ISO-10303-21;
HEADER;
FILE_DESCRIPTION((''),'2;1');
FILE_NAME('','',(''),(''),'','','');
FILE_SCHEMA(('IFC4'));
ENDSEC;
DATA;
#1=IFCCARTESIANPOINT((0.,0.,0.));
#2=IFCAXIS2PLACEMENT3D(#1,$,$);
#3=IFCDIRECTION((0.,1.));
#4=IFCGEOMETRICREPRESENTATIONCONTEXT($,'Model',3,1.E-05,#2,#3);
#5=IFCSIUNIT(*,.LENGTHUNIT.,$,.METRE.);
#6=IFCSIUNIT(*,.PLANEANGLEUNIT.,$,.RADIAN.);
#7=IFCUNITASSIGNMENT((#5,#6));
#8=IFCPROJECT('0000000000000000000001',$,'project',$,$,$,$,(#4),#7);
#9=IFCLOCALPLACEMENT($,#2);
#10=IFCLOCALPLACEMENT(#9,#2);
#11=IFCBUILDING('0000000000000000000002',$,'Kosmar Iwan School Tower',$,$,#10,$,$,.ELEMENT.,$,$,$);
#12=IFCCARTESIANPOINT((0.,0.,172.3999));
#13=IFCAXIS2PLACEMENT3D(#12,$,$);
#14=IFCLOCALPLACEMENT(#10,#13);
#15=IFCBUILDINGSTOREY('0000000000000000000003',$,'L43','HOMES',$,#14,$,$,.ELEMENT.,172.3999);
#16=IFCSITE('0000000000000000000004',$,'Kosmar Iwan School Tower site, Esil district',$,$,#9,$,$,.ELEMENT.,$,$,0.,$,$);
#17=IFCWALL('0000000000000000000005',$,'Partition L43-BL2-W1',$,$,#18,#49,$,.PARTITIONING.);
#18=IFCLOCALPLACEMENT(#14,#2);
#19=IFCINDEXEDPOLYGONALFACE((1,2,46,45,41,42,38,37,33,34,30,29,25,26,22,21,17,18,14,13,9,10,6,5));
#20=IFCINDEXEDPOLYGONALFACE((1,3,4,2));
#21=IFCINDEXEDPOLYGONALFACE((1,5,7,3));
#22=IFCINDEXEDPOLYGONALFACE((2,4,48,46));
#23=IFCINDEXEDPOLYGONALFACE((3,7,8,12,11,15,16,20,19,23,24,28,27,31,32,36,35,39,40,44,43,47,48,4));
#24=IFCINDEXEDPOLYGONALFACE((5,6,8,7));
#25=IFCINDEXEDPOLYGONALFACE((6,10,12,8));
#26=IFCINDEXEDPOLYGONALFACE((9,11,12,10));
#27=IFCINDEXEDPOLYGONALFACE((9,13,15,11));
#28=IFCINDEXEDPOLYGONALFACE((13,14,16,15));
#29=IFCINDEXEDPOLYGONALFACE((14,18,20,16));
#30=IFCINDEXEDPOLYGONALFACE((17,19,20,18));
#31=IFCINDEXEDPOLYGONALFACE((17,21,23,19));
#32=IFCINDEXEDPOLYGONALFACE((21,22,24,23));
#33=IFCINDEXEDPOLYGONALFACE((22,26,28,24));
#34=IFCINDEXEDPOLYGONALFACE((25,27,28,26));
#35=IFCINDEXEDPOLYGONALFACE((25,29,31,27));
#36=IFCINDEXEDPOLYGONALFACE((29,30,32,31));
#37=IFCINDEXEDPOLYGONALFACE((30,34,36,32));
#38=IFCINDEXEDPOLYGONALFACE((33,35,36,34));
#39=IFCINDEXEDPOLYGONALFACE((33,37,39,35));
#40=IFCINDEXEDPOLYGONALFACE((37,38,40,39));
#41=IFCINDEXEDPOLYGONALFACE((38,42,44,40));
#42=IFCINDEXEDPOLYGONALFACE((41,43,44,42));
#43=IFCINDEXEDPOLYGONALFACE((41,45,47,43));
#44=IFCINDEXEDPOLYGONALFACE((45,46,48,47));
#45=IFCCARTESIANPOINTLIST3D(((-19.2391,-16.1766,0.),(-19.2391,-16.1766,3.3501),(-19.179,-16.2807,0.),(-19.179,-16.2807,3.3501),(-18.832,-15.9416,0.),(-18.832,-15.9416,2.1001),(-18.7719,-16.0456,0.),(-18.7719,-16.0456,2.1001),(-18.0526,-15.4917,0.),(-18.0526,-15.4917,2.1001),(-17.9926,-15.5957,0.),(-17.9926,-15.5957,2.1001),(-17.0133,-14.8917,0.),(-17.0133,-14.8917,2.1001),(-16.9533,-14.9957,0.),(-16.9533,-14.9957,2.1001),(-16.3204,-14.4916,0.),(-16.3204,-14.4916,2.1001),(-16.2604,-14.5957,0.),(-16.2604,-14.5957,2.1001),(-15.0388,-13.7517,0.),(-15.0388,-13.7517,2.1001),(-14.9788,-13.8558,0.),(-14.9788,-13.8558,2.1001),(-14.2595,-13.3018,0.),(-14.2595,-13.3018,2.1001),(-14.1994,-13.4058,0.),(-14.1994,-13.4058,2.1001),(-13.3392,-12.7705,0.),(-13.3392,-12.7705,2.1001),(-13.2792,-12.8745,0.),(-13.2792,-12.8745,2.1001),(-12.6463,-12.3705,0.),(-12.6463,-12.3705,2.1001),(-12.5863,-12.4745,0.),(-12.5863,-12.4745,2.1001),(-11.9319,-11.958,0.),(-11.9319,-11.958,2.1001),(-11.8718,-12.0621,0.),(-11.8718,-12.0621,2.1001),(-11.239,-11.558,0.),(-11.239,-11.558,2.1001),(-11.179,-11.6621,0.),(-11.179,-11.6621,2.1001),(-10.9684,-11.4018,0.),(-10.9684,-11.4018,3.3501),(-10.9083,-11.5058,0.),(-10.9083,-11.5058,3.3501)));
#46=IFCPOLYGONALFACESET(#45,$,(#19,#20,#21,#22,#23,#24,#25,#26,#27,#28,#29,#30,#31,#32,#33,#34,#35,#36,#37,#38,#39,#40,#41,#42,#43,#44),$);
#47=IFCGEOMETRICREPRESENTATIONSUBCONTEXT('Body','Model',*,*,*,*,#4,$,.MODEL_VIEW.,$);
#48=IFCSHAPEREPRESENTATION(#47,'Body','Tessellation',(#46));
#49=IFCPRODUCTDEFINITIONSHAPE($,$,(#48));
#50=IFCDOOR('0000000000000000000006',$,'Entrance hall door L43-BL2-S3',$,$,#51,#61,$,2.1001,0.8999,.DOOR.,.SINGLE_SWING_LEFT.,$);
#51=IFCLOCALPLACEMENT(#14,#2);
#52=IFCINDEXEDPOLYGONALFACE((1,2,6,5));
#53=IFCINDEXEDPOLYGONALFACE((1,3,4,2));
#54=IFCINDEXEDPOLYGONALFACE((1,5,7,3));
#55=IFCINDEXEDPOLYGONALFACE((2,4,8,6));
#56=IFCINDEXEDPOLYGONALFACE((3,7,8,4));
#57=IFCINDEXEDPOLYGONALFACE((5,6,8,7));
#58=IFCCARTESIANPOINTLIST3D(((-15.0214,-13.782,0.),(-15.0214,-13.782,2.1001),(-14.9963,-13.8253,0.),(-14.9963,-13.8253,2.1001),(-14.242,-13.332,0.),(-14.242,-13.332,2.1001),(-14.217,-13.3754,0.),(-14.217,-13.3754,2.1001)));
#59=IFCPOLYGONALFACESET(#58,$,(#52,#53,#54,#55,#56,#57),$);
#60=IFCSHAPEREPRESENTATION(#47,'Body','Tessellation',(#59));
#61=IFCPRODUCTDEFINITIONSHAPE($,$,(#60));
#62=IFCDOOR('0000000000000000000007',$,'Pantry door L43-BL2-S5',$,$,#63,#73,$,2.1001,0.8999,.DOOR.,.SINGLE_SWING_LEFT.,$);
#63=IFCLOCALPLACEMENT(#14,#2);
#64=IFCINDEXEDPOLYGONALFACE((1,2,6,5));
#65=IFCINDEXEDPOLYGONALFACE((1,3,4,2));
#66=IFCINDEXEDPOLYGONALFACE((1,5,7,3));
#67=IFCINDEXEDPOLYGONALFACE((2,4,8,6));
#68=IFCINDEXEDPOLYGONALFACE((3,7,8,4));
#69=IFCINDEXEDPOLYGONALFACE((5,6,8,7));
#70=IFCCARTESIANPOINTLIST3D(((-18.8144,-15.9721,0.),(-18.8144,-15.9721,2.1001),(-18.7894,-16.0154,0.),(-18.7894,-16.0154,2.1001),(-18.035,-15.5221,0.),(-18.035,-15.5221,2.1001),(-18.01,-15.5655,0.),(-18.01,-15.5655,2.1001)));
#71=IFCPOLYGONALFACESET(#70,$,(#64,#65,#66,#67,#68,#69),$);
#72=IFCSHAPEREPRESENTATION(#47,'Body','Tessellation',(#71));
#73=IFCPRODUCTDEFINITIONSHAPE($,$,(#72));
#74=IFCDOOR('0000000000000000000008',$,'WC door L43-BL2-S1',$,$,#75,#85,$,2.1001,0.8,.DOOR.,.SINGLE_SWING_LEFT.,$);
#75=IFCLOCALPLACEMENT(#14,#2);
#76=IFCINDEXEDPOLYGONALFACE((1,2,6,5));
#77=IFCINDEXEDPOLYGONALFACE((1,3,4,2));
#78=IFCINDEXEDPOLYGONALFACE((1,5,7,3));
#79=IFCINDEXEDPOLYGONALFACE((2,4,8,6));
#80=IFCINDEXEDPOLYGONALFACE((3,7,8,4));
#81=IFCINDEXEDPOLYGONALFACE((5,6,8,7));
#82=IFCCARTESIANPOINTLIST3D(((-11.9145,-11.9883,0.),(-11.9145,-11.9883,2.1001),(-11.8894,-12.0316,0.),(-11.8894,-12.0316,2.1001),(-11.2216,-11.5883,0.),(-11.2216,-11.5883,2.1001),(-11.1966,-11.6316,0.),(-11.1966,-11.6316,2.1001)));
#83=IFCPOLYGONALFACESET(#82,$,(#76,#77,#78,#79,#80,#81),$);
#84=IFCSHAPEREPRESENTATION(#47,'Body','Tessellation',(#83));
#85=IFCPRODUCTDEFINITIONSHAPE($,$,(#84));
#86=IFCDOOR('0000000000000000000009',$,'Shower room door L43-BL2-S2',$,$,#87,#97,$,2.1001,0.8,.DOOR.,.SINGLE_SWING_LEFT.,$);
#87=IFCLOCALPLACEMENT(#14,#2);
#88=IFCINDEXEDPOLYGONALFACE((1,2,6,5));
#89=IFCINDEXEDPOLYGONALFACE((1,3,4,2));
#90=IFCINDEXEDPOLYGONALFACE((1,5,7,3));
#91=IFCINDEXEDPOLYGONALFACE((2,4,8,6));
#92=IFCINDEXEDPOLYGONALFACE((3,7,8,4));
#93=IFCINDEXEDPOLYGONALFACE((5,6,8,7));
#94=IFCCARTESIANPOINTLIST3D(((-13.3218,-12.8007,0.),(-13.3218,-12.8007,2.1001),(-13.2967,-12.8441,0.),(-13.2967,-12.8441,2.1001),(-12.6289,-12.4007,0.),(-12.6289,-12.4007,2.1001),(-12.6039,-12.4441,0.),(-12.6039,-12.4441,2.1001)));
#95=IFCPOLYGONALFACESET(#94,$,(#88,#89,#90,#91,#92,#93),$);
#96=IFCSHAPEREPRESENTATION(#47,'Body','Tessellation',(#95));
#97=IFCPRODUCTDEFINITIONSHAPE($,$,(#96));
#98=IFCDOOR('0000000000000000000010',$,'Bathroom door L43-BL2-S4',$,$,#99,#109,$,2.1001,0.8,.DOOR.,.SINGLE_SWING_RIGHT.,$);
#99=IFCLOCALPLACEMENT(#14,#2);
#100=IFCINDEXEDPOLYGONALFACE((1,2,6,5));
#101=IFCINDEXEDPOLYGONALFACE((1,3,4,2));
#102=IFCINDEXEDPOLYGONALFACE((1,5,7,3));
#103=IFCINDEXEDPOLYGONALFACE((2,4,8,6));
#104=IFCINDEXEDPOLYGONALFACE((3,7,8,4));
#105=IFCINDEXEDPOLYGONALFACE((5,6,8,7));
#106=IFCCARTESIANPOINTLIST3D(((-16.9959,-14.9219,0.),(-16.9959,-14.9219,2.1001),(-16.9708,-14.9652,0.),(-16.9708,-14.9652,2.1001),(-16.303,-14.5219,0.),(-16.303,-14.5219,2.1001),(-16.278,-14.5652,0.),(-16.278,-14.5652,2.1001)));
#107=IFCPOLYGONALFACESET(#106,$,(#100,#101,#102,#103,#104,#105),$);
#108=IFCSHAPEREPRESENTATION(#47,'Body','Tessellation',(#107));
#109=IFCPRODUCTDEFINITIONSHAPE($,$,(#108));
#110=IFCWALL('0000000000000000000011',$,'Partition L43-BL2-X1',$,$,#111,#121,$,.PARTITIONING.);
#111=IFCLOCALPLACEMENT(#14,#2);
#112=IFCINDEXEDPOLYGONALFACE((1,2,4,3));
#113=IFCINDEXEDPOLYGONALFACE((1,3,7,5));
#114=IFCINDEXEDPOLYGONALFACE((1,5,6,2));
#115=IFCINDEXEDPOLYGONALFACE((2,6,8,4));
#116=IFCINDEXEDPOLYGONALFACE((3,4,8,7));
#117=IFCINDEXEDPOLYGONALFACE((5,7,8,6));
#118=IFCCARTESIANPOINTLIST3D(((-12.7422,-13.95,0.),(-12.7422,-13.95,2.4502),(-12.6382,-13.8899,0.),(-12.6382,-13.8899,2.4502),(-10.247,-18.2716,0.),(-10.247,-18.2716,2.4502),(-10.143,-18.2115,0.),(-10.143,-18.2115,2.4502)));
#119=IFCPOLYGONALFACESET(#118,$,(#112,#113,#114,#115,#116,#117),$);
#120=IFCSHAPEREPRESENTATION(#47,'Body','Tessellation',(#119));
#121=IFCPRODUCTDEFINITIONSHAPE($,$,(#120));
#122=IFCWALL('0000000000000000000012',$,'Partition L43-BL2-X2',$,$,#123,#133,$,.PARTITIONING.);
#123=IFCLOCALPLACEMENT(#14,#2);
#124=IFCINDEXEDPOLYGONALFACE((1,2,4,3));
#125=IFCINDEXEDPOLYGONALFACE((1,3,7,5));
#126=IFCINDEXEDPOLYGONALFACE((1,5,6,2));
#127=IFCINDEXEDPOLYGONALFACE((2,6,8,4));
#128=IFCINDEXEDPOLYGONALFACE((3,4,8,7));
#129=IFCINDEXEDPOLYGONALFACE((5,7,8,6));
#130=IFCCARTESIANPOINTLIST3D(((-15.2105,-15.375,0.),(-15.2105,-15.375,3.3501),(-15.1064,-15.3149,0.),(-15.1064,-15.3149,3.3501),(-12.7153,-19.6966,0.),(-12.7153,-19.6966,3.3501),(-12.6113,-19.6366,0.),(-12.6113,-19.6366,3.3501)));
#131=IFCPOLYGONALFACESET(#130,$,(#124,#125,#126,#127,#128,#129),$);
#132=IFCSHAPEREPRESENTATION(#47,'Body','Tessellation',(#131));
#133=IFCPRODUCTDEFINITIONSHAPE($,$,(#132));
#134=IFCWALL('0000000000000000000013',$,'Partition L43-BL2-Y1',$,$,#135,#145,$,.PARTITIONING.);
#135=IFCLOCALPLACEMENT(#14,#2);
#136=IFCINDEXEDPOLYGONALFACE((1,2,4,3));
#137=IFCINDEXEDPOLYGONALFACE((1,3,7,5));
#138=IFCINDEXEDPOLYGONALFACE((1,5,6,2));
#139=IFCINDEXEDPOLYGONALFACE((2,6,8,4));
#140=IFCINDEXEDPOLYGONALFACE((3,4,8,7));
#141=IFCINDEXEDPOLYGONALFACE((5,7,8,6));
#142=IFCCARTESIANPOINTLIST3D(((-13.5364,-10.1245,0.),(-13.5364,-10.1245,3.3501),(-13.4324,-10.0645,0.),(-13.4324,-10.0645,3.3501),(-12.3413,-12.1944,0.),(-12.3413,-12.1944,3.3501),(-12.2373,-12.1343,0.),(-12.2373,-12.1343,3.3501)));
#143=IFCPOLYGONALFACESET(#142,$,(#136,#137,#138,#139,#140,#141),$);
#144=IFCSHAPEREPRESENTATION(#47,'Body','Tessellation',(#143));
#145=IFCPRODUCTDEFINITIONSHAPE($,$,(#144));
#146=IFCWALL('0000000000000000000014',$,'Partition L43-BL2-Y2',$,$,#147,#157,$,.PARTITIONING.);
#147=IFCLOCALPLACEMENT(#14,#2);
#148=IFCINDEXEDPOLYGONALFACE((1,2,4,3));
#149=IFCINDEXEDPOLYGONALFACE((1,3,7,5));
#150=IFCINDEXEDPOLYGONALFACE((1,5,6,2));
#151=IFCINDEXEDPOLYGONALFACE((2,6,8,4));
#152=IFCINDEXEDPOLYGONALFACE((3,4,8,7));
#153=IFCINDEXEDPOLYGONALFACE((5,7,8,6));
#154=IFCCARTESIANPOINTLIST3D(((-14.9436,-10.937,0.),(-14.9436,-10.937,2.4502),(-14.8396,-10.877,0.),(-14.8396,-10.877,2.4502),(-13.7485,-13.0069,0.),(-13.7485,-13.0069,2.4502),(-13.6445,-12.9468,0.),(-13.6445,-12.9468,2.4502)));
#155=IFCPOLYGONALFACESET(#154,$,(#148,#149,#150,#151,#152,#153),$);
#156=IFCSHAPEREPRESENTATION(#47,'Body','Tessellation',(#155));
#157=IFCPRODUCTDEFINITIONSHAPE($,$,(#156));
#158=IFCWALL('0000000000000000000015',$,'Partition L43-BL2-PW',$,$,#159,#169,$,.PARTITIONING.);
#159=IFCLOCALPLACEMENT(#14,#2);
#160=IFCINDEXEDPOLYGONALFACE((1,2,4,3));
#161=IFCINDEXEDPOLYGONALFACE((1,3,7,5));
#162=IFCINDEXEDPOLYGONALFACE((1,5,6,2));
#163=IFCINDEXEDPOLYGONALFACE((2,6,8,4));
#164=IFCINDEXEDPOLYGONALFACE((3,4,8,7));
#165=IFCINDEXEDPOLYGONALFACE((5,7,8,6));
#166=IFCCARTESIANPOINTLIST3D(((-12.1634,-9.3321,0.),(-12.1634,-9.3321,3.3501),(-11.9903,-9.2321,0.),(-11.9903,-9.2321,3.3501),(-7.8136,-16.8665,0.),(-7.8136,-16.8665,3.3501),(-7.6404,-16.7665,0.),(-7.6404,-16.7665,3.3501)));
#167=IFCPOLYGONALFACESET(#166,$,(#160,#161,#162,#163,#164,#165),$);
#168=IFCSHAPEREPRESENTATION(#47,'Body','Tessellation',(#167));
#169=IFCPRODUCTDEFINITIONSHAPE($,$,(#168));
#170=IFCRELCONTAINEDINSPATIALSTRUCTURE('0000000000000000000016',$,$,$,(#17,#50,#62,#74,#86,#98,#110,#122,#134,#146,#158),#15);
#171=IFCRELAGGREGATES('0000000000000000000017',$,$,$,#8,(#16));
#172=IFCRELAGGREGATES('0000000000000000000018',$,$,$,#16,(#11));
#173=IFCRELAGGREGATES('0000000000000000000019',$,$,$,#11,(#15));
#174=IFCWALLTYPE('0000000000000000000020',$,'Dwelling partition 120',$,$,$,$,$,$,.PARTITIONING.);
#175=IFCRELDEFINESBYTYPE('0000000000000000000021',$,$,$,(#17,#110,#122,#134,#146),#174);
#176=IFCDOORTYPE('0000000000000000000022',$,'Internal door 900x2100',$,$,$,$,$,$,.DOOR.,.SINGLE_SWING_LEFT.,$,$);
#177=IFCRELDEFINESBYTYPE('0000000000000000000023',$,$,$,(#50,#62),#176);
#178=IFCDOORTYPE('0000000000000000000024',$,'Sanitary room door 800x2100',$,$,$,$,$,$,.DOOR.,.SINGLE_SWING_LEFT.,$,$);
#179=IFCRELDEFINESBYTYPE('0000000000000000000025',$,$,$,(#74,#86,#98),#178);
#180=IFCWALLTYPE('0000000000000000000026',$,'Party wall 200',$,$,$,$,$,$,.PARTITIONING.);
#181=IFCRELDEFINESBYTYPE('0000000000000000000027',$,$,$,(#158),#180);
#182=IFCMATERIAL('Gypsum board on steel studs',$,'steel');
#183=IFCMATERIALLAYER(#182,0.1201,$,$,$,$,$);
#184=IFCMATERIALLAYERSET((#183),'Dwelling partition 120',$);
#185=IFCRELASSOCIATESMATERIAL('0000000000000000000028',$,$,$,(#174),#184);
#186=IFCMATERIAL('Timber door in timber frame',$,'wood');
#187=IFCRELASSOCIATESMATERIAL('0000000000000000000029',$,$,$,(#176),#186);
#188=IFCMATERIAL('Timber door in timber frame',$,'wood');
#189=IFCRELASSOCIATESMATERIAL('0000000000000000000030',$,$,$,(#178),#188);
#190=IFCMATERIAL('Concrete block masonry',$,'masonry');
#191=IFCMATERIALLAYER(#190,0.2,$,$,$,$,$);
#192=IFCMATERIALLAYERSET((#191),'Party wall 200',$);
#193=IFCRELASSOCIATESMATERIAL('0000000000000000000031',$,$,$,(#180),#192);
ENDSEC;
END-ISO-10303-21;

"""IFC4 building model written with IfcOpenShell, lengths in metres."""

from ifc_helpers import new_model, si_unit, direction, frame, frame_2d, origin, place, context, subcontext, project, spatial, rectangle, extrude, material, layer, layer_set, type_object, element, fill, save


model = new_model("IFC4")

# Units and contexts
model_context = context("Model", 3, precision=1e-05, world=origin(), true_north=direction((0.0, 1.0)))
body_context = subcontext(model_context, "Body", "Model", "MODEL_VIEW")
ifc_project = project(units=[si_unit("LENGTHUNIT", "METRE"), si_unit("PLANEANGLEUNIT", "RADIAN")], contexts=[model_context])

# Site, building, storey
site_placement = place(None, origin())
site = spatial("IfcSite", under=ifc_project, at=site_placement, Name="Kosmar Iwan School Tower site, Esil district", CompositionType="ELEMENT", RefElevation=0.0)
building_placement = place(site_placement, origin())
building = spatial("IfcBuilding", under=site, at=building_placement, Name="Kosmar Iwan School Tower", CompositionType="ELEMENT")
storey_placement = place(building_placement, frame((0.0, 0.0, 172.3999)))
storey = spatial("IfcBuildingStorey", under=building, at=storey_placement, Name="L43", Description="HOMES", CompositionType="ELEMENT", Elevation=172.3999)

# Wall, openings, doors
ifc_material_1 = material(Name="Gypsum board on steel studs", Category="steel")
ifc_layer_1 = layer(ifc_material_1, 0.1201)
ifc_layer_set_1 = layer_set([ifc_layer_1], Name="Dwelling partition 120")
wall_type_1 = type_object("IfcWallType", Name="Dwelling partition 120", PredefinedType="PARTITIONING", material=ifc_layer_set_1)
wall_1_placement = place(storey_placement, frame((-10.9385, -11.4539, 0.0), z_axis=(0.0, 0.0, 1.0), x_axis=(-0.866035, -0.499983, 0.0)))
wall_1 = element("IfcWall", 1, at=wall_1_placement, inside=storey, type_object=wall_type_1, Name="Partition L43-BL2-W1", PredefinedType="PARTITIONING", context=body_context, shape_type="SweptSolid", body=[
    extrude(rectangle(XDim=9.55, YDim=0.1201, at=frame_2d((4.7749, 0.0))), origin(), (0.0, 0.0, 1.0), 3.3501),
])
opening_1_placement = place(wall_1_placement, frame((0.3125, 0.0, 0.0)))
opening_1 = element("IfcOpeningElement", 2, at=opening_1_placement, cuts=wall_1, PredefinedType="OPENING", context=body_context, shape_type="SweptSolid", body=[
    extrude(rectangle(XDim=0.8, YDim=2.1001, at=frame_2d((0.3999, 1.05))), frame((0.0, 0.072, 0.0), z_axis=(0.0, -1.0, 0.0), x_axis=(1.0, 0.0, 0.0)), (0.0, 0.0, 1.0), 0.144),
])
opening_2_placement = place(wall_1_placement, frame((1.9375, 0.0, 0.0)))
opening_2 = element("IfcOpeningElement", 3, at=opening_2_placement, cuts=wall_1, PredefinedType="OPENING", context=body_context, shape_type="SweptSolid", body=[
    extrude(rectangle(XDim=0.8, YDim=2.1001, at=frame_2d((0.3999, 1.05))), frame((0.0, 0.072, 0.0), z_axis=(0.0, -1.0, 0.0), x_axis=(1.0, 0.0, 0.0)), (0.0, 0.0, 1.0), 0.144),
])
opening_3_placement = place(wall_1_placement, frame((3.8, 0.0, 0.0)))
opening_3 = element("IfcOpeningElement", 4, at=opening_3_placement, cuts=wall_1, PredefinedType="OPENING", context=body_context, shape_type="SweptSolid", body=[
    extrude(rectangle(XDim=0.8999, YDim=2.1001, at=frame_2d((0.45, 1.05))), frame((0.0, 0.072, 0.0), z_axis=(0.0, -1.0, 0.0), x_axis=(1.0, 0.0, 0.0)), (0.0, 0.0, 1.0), 0.144),
])
opening_4_placement = place(wall_1_placement, frame((6.1799, 0.0, 0.0)))
opening_4 = element("IfcOpeningElement", 5, at=opening_4_placement, cuts=wall_1, PredefinedType="OPENING", context=body_context, shape_type="SweptSolid", body=[
    extrude(rectangle(XDim=0.8, YDim=2.1001, at=frame_2d((0.3999, 1.05))), frame((0.0, 0.072, 0.0), z_axis=(0.0, -1.0, 0.0), x_axis=(1.0, 0.0, 0.0)), (0.0, 0.0, 1.0), 0.144),
])
opening_5_placement = place(wall_1_placement, frame((8.1799, 0.0, 0.0)))
opening_5 = element("IfcOpeningElement", 6, at=opening_5_placement, cuts=wall_1, PredefinedType="OPENING", context=body_context, shape_type="SweptSolid", body=[
    extrude(rectangle(XDim=0.8999, YDim=2.1001, at=frame_2d((0.45, 1.05))), frame((0.0, 0.072, 0.0), z_axis=(0.0, -1.0, 0.0), x_axis=(1.0, 0.0, 0.0)), (0.0, 0.0, 1.0), 0.144),
])
ifc_material_2 = material(Name="Timber door in timber frame", Category="wood")
door_type_1 = type_object("IfcDoorType", Name="Internal door 900x2100", OperationType="SINGLE_SWING_LEFT", PredefinedType="DOOR", material=ifc_material_2)
door_1_placement = place(opening_3_placement, origin())
door_1 = element("IfcDoor", 7, at=door_1_placement, inside=storey, type_object=door_type_1, Name="Entrance hall door L43-BL2-S3", OperationType="SINGLE_SWING_LEFT", OverallHeight=2.1001, OverallWidth=0.8999, PredefinedType="DOOR", context=body_context, shape_type="SweptSolid", body=[
    extrude(rectangle(XDim=0.8999, YDim=2.1001, at=frame_2d((0.45, 1.05))), frame((0.0, 0.0249, 0.0), z_axis=(0.0, -1.0, 0.0), x_axis=(1.0, 0.0, 0.0)), (0.0, 0.0, 1.0), 0.05),
])
fill(opening_3, door_1)
door_2_placement = place(opening_5_placement, frame((0.8999, 0.0, 0.0), z_axis=(0.0, 0.0, 1.0), x_axis=(-1.0, 0.0, 0.0)))
door_2 = element("IfcDoor", 8, at=door_2_placement, inside=storey, type_object=door_type_1, Name="Pantry door L43-BL2-S5", OperationType="SINGLE_SWING_LEFT", OverallHeight=2.1001, OverallWidth=0.8999, PredefinedType="DOOR", context=body_context, shape_type="SweptSolid", body=[
    extrude(rectangle(XDim=0.8999, YDim=2.1001, at=frame_2d((0.45, 1.05))), frame((0.0, 0.0249, 0.0), z_axis=(0.0, -1.0, 0.0), x_axis=(1.0, 0.0, 0.0)), (0.0, 0.0, 1.0), 0.05),
])
fill(opening_5, door_2)
ifc_material_3 = material(Name="Timber door in timber frame", Category="wood")
door_type_2 = type_object("IfcDoorType", Name="Sanitary room door 800x2100", OperationType="SINGLE_SWING_LEFT", PredefinedType="DOOR", material=ifc_material_3)
door_3_placement = place(opening_1_placement, origin())
door_3 = element("IfcDoor", 9, at=door_3_placement, inside=storey, type_object=door_type_2, Name="WC door L43-BL2-S1", OperationType="SINGLE_SWING_LEFT", OverallHeight=2.1001, OverallWidth=0.8, PredefinedType="DOOR", context=body_context, shape_type="SweptSolid", body=[
    extrude(rectangle(XDim=0.8, YDim=2.1001, at=frame_2d((0.3999, 1.05))), frame((0.0, 0.0249, 0.0), z_axis=(0.0, -1.0, 0.0), x_axis=(1.0, 0.0, 0.0)), (0.0, 0.0, 1.0), 0.05),
])
fill(opening_1, door_3)
door_4_placement = place(opening_2_placement, origin())
door_4 = element("IfcDoor", 10, at=door_4_placement, inside=storey, type_object=door_type_2, Name="Shower room door L43-BL2-S2", OperationType="SINGLE_SWING_LEFT", OverallHeight=2.1001, OverallWidth=0.8, PredefinedType="DOOR", context=body_context, shape_type="SweptSolid", body=[
    extrude(rectangle(XDim=0.8, YDim=2.1001, at=frame_2d((0.3999, 1.05))), frame((0.0, 0.0249, 0.0), z_axis=(0.0, -1.0, 0.0), x_axis=(1.0, 0.0, 0.0)), (0.0, 0.0, 1.0), 0.05),
])
fill(opening_2, door_4)
door_5_placement = place(opening_4_placement, origin())
door_5 = element("IfcDoor", 11, at=door_5_placement, inside=storey, type_object=door_type_2, Name="Bathroom door L43-BL2-S4", OperationType="SINGLE_SWING_RIGHT", OverallHeight=2.1001, OverallWidth=0.8, PredefinedType="DOOR", context=body_context, shape_type="SweptSolid", body=[
    extrude(rectangle(XDim=0.8, YDim=2.1001, at=frame_2d((0.3999, 1.05))), frame((0.0, 0.0249, 0.0), z_axis=(0.0, -1.0, 0.0), x_axis=(1.0, 0.0, 0.0)), (0.0, 0.0, 1.0), 0.05),
])
fill(opening_4, door_5)

# Walls
wall_2_placement = place(storey_placement, frame((-12.6902, -13.9199, 0.0), z_axis=(0.0, 0.0, 1.0), x_axis=(0.500012, -0.866019, 0.0)))
element("IfcWall", 12, at=wall_2_placement, inside=storey, type_object=wall_type_1, Name="Partition L43-BL2-X1", PredefinedType="PARTITIONING", context=body_context, shape_type="SweptSolid", body=[
    extrude(rectangle(XDim=4.9902, YDim=0.1201, at=frame_2d((2.4951, 0.0))), origin(), (0.0, 0.0, 1.0), 2.4502),
])
wall_3_placement = place(storey_placement, frame((-15.1584, -15.345, 0.0), z_axis=(0.0, 0.0, 1.0), x_axis=(0.500012, -0.866019, 0.0)))
element("IfcWall", 13, at=wall_3_placement, inside=storey, type_object=wall_type_1, Name="Partition L43-BL2-X2", PredefinedType="PARTITIONING", context=body_context, shape_type="SweptSolid", body=[
    extrude(rectangle(XDim=4.9902, YDim=0.1201, at=frame_2d((2.4951, 0.0))), origin(), (0.0, 0.0, 1.0), 3.3501),
])
wall_4_placement = place(storey_placement, frame((-13.4844, -10.0945, 0.0), z_axis=(0.0, 0.0, 1.0), x_axis=(0.500017, -0.866015, 0.0)))
element("IfcWall", 14, at=wall_4_placement, inside=storey, type_object=wall_type_1, Name="Partition L43-BL2-Y1", PredefinedType="PARTITIONING", context=body_context, shape_type="SweptSolid", body=[
    extrude(rectangle(XDim=2.3901, YDim=0.1201, at=frame_2d((1.1951, 0.0))), origin(), (0.0, 0.0, 1.0), 3.3501),
])
wall_5_placement = place(storey_placement, frame((-14.8916, -10.907, 0.0), z_axis=(0.0, 0.0, 1.0), x_axis=(0.500017, -0.866015, 0.0)))
element("IfcWall", 15, at=wall_5_placement, inside=storey, type_object=wall_type_1, Name="Partition L43-BL2-Y2", PredefinedType="PARTITIONING", context=body_context, shape_type="SweptSolid", body=[
    extrude(rectangle(XDim=2.3901, YDim=0.1201, at=frame_2d((1.1951, 0.0))), origin(), (0.0, 0.0, 1.0), 2.4502),
])
ifc_material_4 = material(Name="Concrete block masonry", Category="masonry")
ifc_layer_2 = layer(ifc_material_4, 0.2)
ifc_layer_set_2 = layer_set([ifc_layer_2], Name="Party wall 200")
wall_type_2 = type_object("IfcWallType", Name="Party wall 200", PredefinedType="PARTITIONING", material=ifc_layer_set_2)
wall_6_placement = place(storey_placement, frame((-12.0769, -9.282, 0.0), z_axis=(0.0, 0.0, 1.0), x_axis=(0.499987, -0.866033, 0.0)))
element("IfcWall", 16, at=wall_6_placement, inside=storey, type_object=wall_type_2, Name="Partition L43-BL2-PW", PredefinedType="PARTITIONING", context=body_context, shape_type="SweptSolid", body=[
    extrude(rectangle(XDim=8.7, YDim=0.2, at=frame_2d((4.3501, 0.0))), origin(), (0.0, 0.0, 1.0), 3.3501),
])

save(model, "model.ifc")
